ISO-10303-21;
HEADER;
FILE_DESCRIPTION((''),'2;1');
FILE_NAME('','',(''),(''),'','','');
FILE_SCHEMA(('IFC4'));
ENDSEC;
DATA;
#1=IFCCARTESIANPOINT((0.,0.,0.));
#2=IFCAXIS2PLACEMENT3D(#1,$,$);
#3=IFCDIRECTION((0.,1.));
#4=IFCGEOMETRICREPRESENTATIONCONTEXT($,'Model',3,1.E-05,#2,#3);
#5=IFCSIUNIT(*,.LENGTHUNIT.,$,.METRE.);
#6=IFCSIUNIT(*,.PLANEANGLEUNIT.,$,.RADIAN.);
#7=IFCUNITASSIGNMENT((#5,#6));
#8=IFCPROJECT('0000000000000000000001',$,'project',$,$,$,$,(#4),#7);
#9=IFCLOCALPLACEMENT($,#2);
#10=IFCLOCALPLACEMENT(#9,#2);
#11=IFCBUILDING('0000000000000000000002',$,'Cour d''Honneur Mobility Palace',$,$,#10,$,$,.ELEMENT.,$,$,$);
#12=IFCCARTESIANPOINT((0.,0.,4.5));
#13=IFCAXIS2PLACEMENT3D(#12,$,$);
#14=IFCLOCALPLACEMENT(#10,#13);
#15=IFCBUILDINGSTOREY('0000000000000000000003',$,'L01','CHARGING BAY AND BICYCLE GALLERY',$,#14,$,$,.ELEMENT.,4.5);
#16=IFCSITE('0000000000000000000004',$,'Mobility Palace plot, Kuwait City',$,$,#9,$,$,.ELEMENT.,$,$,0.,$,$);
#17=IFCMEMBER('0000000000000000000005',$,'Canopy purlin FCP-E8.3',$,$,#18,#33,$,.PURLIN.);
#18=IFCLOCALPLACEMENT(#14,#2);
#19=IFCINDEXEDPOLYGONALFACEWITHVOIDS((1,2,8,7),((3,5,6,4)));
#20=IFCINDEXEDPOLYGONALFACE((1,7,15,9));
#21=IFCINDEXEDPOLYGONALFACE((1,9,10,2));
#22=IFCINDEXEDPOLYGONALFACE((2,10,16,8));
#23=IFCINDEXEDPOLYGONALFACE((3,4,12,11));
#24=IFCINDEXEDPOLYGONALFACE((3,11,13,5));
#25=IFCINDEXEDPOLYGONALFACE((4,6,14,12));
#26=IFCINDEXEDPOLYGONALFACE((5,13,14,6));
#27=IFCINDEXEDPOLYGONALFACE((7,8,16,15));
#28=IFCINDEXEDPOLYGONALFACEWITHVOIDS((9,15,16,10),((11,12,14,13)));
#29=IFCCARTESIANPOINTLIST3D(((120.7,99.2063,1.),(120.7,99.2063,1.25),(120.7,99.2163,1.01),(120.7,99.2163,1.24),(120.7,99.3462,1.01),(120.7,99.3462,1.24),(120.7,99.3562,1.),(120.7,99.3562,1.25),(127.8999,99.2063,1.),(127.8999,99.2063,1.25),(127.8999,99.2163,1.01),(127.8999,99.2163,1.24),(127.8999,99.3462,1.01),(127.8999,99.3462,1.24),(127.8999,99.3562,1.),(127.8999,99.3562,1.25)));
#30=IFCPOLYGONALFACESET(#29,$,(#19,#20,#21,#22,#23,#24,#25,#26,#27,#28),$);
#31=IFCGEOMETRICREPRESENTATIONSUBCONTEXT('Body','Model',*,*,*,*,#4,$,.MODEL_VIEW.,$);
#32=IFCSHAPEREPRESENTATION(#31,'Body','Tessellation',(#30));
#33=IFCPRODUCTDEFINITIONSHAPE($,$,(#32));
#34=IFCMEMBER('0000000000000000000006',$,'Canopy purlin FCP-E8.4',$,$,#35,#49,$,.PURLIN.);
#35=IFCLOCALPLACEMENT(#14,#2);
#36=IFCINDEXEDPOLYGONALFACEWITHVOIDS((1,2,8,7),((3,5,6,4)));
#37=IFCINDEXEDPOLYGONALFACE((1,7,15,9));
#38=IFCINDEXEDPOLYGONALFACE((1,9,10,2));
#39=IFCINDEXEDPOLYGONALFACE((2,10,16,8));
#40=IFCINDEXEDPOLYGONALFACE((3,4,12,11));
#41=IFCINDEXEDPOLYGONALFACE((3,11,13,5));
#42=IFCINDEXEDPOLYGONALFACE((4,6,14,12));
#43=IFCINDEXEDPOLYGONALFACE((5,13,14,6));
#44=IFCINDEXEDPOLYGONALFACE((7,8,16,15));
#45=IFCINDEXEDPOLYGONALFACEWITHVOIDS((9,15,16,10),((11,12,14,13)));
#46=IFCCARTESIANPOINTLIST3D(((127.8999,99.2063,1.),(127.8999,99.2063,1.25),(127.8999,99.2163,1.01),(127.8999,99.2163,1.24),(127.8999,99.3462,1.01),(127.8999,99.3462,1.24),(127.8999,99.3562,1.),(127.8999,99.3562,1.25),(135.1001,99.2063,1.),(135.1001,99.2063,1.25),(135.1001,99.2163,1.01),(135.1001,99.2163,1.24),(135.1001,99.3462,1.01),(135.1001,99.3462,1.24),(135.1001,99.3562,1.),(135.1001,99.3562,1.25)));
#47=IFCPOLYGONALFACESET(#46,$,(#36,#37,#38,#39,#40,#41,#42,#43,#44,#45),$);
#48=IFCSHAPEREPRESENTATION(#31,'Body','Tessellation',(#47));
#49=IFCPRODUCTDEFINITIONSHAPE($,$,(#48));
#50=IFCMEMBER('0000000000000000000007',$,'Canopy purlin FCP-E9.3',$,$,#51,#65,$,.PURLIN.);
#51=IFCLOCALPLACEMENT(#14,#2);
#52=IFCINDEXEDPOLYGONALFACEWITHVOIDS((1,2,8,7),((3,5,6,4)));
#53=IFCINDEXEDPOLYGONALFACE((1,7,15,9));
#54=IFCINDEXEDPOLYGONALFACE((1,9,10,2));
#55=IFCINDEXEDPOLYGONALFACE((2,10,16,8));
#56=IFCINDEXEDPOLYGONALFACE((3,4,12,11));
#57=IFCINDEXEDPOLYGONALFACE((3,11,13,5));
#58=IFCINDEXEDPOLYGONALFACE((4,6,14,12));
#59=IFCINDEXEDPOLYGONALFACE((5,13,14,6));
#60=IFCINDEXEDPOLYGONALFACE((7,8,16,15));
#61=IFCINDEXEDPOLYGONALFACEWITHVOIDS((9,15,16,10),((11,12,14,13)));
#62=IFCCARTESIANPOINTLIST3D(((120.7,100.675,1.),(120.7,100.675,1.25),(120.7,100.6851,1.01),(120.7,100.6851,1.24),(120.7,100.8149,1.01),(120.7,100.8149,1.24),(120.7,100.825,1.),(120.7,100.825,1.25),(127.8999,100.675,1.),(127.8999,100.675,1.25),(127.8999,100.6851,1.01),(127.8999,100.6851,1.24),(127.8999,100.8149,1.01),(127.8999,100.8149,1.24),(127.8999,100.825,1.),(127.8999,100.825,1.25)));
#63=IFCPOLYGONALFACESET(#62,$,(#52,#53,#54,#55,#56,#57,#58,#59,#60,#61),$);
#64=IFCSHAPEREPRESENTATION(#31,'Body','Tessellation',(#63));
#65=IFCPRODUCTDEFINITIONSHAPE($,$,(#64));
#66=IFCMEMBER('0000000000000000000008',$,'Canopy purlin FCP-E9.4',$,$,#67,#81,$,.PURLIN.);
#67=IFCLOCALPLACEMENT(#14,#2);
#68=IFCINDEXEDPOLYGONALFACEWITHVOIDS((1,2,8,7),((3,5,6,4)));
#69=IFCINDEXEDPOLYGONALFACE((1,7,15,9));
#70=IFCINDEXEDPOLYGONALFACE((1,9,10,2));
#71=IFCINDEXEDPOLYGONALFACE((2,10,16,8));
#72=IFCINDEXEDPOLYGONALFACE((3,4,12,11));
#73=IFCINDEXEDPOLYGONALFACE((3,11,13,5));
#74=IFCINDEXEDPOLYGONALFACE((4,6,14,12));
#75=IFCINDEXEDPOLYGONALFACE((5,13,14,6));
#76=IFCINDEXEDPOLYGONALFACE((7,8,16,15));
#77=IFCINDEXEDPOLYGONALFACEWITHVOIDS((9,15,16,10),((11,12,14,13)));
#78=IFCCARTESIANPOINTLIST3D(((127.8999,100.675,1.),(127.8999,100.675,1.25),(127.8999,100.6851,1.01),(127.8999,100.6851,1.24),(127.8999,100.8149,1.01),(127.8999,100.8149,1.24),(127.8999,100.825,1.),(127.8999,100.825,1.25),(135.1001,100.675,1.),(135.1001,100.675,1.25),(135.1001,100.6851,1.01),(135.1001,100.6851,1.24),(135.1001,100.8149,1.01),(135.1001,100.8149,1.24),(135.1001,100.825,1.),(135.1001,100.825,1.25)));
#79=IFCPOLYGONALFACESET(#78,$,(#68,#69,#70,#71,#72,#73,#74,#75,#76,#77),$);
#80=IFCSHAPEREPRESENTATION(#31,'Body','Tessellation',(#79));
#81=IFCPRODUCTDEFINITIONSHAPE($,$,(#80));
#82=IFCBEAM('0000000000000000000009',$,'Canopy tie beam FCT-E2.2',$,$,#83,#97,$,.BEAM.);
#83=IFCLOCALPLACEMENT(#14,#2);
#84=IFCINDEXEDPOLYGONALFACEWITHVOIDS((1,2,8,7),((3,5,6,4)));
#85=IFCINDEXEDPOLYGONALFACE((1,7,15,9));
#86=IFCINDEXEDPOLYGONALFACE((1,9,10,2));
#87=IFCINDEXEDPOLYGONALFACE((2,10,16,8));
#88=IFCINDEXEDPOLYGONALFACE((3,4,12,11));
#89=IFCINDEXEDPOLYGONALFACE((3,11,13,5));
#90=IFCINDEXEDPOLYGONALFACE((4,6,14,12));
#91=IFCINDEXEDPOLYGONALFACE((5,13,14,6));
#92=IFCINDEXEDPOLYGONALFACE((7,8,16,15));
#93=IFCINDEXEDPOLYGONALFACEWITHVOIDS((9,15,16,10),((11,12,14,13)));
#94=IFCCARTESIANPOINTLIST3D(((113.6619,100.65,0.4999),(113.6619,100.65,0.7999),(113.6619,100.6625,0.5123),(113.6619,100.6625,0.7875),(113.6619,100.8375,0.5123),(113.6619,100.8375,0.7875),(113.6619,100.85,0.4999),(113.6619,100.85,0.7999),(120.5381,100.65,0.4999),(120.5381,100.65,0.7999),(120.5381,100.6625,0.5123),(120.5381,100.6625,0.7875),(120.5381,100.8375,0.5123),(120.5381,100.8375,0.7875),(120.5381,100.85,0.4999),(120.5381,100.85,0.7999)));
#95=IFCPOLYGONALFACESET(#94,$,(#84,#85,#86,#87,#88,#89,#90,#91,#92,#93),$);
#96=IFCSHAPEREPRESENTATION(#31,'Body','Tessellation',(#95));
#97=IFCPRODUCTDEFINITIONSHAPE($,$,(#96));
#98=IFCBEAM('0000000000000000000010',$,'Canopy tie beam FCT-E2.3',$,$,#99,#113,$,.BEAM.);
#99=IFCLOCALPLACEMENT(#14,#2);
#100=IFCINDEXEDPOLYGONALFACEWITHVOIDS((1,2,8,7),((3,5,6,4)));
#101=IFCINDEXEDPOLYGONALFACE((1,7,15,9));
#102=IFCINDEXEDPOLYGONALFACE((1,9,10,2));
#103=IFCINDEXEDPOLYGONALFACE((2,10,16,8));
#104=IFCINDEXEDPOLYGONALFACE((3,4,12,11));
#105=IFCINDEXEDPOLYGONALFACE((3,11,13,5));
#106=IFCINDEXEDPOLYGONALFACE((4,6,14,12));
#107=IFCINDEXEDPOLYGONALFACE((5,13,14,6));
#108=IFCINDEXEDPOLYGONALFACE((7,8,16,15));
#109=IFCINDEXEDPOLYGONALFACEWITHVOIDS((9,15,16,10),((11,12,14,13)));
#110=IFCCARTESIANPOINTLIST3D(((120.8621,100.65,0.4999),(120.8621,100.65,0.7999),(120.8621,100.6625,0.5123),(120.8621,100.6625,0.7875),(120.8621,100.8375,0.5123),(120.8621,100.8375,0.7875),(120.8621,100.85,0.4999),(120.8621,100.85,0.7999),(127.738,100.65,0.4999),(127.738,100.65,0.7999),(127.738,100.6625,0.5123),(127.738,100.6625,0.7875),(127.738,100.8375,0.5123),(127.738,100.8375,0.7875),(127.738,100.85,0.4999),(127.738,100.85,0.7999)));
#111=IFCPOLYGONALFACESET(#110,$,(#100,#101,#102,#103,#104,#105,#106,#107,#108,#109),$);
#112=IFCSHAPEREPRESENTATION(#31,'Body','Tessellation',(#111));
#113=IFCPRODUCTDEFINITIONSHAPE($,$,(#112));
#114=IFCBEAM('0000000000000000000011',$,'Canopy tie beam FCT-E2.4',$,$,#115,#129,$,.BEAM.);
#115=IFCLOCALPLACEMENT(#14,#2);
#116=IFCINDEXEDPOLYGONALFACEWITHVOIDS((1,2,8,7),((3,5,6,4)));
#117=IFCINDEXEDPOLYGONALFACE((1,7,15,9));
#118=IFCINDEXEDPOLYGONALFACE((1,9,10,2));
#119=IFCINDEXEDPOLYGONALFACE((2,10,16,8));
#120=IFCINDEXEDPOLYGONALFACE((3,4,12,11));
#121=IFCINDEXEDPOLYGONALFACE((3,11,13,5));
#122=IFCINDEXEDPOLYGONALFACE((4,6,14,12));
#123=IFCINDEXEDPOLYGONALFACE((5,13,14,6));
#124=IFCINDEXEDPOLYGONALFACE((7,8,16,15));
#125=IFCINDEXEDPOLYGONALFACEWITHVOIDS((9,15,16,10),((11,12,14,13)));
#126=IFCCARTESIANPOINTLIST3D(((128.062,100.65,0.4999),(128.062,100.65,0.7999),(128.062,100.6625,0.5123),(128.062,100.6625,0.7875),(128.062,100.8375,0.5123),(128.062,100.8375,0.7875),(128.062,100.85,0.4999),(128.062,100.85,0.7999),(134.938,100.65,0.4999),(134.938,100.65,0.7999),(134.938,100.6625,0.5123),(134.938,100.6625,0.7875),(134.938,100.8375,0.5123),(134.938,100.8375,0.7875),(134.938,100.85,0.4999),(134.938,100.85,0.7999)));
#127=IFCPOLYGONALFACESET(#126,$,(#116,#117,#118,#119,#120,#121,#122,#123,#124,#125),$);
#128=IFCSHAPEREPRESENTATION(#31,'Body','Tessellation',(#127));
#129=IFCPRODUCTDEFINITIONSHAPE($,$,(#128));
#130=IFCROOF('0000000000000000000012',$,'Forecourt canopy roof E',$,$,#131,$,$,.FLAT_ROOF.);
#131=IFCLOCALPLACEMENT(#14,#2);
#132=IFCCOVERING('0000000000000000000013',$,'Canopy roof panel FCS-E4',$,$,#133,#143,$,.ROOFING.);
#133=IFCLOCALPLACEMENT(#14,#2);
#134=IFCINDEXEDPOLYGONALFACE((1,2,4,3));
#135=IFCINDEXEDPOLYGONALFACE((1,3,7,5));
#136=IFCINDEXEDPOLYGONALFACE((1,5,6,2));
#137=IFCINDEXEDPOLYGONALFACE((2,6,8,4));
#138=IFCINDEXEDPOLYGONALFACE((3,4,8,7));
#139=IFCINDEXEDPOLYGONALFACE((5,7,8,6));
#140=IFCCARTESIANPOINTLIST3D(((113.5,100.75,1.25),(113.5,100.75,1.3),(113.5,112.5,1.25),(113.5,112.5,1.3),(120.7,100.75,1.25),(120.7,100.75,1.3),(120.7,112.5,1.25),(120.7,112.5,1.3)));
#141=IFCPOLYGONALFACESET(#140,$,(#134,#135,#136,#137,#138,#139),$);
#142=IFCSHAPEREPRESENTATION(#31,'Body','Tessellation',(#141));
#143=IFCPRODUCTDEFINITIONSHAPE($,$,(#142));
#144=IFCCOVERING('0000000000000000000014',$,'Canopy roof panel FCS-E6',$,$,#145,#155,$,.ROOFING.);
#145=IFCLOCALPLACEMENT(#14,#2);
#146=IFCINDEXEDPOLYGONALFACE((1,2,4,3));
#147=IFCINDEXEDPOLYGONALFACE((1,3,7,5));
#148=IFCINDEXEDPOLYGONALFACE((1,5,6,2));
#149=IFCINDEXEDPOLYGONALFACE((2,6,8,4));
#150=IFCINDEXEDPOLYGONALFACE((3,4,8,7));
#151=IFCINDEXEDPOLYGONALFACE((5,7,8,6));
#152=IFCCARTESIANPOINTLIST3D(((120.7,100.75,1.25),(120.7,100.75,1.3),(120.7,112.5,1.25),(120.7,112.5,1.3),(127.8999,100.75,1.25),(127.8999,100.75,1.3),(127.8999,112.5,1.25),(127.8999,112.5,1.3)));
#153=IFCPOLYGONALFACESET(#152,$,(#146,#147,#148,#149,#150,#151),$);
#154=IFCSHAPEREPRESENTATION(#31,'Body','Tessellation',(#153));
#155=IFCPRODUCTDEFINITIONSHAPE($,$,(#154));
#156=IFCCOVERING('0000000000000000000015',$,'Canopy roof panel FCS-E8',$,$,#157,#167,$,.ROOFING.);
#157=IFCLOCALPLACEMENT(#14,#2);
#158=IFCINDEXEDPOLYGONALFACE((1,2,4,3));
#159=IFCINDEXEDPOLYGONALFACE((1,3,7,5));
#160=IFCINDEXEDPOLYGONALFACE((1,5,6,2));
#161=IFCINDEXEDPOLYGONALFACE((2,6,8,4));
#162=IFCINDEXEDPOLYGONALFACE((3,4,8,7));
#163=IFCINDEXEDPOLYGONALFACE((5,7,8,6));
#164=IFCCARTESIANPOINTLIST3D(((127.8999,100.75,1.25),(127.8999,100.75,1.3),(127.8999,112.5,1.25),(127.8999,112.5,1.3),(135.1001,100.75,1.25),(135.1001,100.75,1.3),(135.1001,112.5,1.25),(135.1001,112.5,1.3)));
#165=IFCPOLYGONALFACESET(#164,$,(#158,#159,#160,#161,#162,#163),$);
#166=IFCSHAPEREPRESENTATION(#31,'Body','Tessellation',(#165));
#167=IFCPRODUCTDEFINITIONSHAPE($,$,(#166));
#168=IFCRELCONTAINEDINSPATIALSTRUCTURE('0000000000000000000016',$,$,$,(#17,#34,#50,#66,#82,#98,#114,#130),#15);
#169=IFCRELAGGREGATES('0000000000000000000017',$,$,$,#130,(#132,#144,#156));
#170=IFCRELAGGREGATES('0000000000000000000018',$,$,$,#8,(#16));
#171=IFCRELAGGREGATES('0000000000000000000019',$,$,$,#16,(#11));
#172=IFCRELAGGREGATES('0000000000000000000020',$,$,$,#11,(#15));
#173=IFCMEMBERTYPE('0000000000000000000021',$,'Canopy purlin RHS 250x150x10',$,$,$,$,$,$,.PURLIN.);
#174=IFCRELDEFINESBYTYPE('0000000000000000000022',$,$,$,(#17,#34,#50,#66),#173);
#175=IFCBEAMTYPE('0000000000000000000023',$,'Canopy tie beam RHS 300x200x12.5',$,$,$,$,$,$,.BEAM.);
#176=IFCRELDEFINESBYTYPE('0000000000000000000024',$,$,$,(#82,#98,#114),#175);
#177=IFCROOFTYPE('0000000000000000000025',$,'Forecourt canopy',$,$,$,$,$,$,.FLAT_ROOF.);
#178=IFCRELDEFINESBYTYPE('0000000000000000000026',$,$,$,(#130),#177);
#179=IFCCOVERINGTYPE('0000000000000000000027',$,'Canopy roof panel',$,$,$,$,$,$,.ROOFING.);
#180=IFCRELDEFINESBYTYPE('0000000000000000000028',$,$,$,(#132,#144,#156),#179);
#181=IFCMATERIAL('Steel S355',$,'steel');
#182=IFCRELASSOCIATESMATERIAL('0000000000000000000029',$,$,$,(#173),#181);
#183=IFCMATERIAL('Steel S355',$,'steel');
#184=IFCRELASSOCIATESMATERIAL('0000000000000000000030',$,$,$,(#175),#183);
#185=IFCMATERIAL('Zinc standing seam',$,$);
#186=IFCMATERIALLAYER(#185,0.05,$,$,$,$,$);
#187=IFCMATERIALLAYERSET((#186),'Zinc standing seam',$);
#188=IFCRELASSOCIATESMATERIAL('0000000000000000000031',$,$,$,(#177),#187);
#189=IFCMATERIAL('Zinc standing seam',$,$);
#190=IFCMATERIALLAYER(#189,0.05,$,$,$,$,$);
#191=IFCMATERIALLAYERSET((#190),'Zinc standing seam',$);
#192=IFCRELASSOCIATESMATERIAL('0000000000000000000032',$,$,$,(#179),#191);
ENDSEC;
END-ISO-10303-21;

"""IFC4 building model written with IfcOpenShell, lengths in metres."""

from ifc_helpers import new_model, si_unit, direction, frame, origin, origin_2d, place, context, subcontext, project, spatial, polyline, hollow_rectangle, outline, extrude, material, layer, layer_set, material_profile, profile_set, type_object, element, aggregate, save


model = new_model("IFC4")

# Units and contexts
model_context = context("Model", 3, precision=1e-05, world=origin(), true_north=direction((0.0, 1.0)))
body_context = subcontext(model_context, "Body", "Model", "MODEL_VIEW")
ifc_project = project(units=[si_unit("LENGTHUNIT", "METRE"), si_unit("PLANEANGLEUNIT", "RADIAN")], contexts=[model_context])

# Site, building, storey
site_placement = place(None, origin())
site = spatial("IfcSite", under=ifc_project, at=site_placement, Name="Mobility Palace plot, Kuwait City", CompositionType="ELEMENT", RefElevation=0.0)
building_placement = place(site_placement, origin())
building = spatial("IfcBuilding", under=site, at=building_placement, Name="Cour d'Honneur Mobility Palace", CompositionType="ELEMENT")
storey_placement = place(building_placement, frame((0.0, 0.0, 4.5)))
storey = spatial("IfcBuildingStorey", under=building, at=storey_placement, Name="L01", Description="CHARGING BAY AND BICYCLE GALLERY", CompositionType="ELEMENT", Elevation=4.5)

# Members
ifc_material_1 = material(Name="Steel S355", Category="steel")
ifc_material_profile_1 = material_profile(ifc_material_1, hollow_rectangle(XDim=0.1499, YDim=0.25, WallThickness=0.01, at=origin_2d()), Name="RHS 250x150x10")
ifc_profile_set_1 = profile_set([ifc_material_profile_1], Name="Steel S355")
member_type = type_object("IfcMemberType", Name="Canopy purlin RHS 250x150x10", PredefinedType="PURLIN", material=ifc_profile_set_1)
member_1_placement = place(storey_placement, frame((120.7, 99.2812, 1.125), z_axis=(1.0, 0.0, 0.0), x_axis=(0.0, 1.0, 0.0)))
element("IfcMember", 1, at=member_1_placement, inside=storey, type_object=member_type, Name="Canopy purlin FCP-E8.3", PredefinedType="PURLIN", context=body_context, shape_type="SweptSolid", body=[
    extrude(hollow_rectangle(XDim=0.1499, YDim=0.25, WallThickness=0.01, at=origin_2d()), origin(), (0.0, 0.0, 1.0), 7.2),
])
member_2_placement = place(storey_placement, frame((127.8999, 99.2812, 1.125), z_axis=(1.0, 0.0, 0.0), x_axis=(0.0, 1.0, 0.0)))
element("IfcMember", 2, at=member_2_placement, inside=storey, type_object=member_type, Name="Canopy purlin FCP-E8.4", PredefinedType="PURLIN", context=body_context, shape_type="SweptSolid", body=[
    extrude(hollow_rectangle(XDim=0.1499, YDim=0.25, WallThickness=0.01, at=origin_2d()), origin(), (0.0, 0.0, 1.0), 7.2002),
])
member_3_placement = place(storey_placement, frame((120.7, 100.75, 1.125), z_axis=(1.0, 0.0, 0.0), x_axis=(0.0, 1.0, 0.0)))
element("IfcMember", 3, at=member_3_placement, inside=storey, type_object=member_type, Name="Canopy purlin FCP-E9.3", PredefinedType="PURLIN", context=body_context, shape_type="SweptSolid", body=[
    extrude(hollow_rectangle(XDim=0.1499, YDim=0.25, WallThickness=0.01, at=origin_2d()), origin(), (0.0, 0.0, 1.0), 7.2),
])
member_4_placement = place(storey_placement, frame((127.8999, 100.75, 1.125), z_axis=(1.0, 0.0, 0.0), x_axis=(0.0, 1.0, 0.0)))
element("IfcMember", 4, at=member_4_placement, inside=storey, type_object=member_type, Name="Canopy purlin FCP-E9.4", PredefinedType="PURLIN", context=body_context, shape_type="SweptSolid", body=[
    extrude(hollow_rectangle(XDim=0.1499, YDim=0.25, WallThickness=0.01, at=origin_2d()), origin(), (0.0, 0.0, 1.0), 7.2002),
])

# Beams
ifc_material_2 = material(Name="Steel S355", Category="steel")
ifc_material_profile_2 = material_profile(ifc_material_2, hollow_rectangle(XDim=0.2, YDim=0.3, WallThickness=0.0125, at=origin_2d()), Name="RHS 300x200x12.5")
ifc_profile_set_2 = profile_set([ifc_material_profile_2], Name="Steel S355")
beam_type_1 = type_object("IfcBeamType", Name="Canopy tie beam RHS 300x200x12.5", PredefinedType="BEAM", material=ifc_profile_set_2)
beam_placement = place(storey_placement, frame((113.6619, 100.75, 0.6499), z_axis=(1.0, 0.0, 0.0), x_axis=(0.0, 1.0, 0.0)))
element("IfcBeam", 5, at=beam_placement, inside=storey, type_object=beam_type_1, Name="Canopy tie beam FCT-E2.2", PredefinedType="BEAM", context=body_context, shape_type="SweptSolid", body=[
    extrude(hollow_rectangle(XDim=0.2, YDim=0.3, WallThickness=0.0125, at=origin_2d()), origin(), (0.0, 0.0, 1.0), 6.8762),
])
for number, where, z_axis, x_axis, name in (
    (6, (120.8621, 100.75, 0.6499), (1.0, 0.0, 0.0), (0.0, 1.0, 0.0), "Canopy tie beam FCT-E2.3"),
    (7, (128.062, 100.75, 0.6499), (1.0, 0.0, 0.0), (0.0, 1.0, 0.0), "Canopy tie beam FCT-E2.4"),
):
    element("IfcBeam", number, at=place(storey_placement, frame(where, z_axis=z_axis, x_axis=x_axis)), inside=storey, type_object=beam_type_1, Name=name, PredefinedType="BEAM", context=body_context, shape_type="SweptSolid", body=[
        extrude(hollow_rectangle(XDim=0.2, YDim=0.3, WallThickness=0.0125, at=origin_2d()), origin(), (0.0, 0.0, 1.0), 6.876),
    ])

# Roof, coverings
ifc_material_3 = material(Name="Zinc standing seam")
ifc_layer_1 = layer(ifc_material_3, 0.05)
ifc_layer_set_1 = layer_set([ifc_layer_1], Name="Zinc standing seam")
roof_type = type_object("IfcRoofType", Name="Forecourt canopy", PredefinedType="FLAT_ROOF", material=ifc_layer_set_1)
roof_placement = place(storey_placement, origin())
roof = element("IfcRoof", 8, at=roof_placement, inside=storey, type_object=roof_type, Name="Forecourt canopy roof E", PredefinedType="FLAT_ROOF")
ifc_material_4 = material(Name="Zinc standing seam")
ifc_layer_2 = layer(ifc_material_4, 0.05)
ifc_layer_set_2 = layer_set([ifc_layer_2], Name="Zinc standing seam")
covering_type = type_object("IfcCoveringType", Name="Canopy roof panel", PredefinedType="ROOFING", material=ifc_layer_set_2)
covering_1_placement = place(storey_placement, frame((113.5, 100.75, 1.3), z_axis=(0.0, 0.0, 1.0), x_axis=(1.0, 0.0, 0.0)))
covering_1 = element("IfcCovering", 9, at=covering_1_placement, type_object=covering_type, Name="Canopy roof panel FCS-E4", PredefinedType="ROOFING", context=body_context, shape_type="SweptSolid", body=[
    extrude(outline(polyline([(0.0, 0.0), (7.2, 0.0), (7.2, 11.75), (0.0, 11.75), (0.0, 0.0)])), origin(), (0.0, 0.0, -1.0), 0.05),
])
covering_2_placement = place(storey_placement, frame((120.7, 100.75, 1.3), z_axis=(0.0, 0.0, 1.0), x_axis=(1.0, 0.0, 0.0)))
covering_2 = element("IfcCovering", 10, at=covering_2_placement, type_object=covering_type, Name="Canopy roof panel FCS-E6", PredefinedType="ROOFING", context=body_context, shape_type="SweptSolid", body=[
    extrude(outline(polyline([(0.0, 0.0), (7.2, 0.0), (7.2, 11.75), (0.0, 11.75), (0.0, 0.0)])), origin(), (0.0, 0.0, -1.0), 0.05),
])
covering_3_placement = place(storey_placement, frame((127.8999, 100.75, 1.3), z_axis=(0.0, 0.0, 1.0), x_axis=(1.0, 0.0, 0.0)))
covering_3 = element("IfcCovering", 11, at=covering_3_placement, type_object=covering_type, Name="Canopy roof panel FCS-E8", PredefinedType="ROOFING", context=body_context, shape_type="SweptSolid", body=[
    extrude(outline(polyline([(0.0, 0.0), (7.2002, 0.0), (7.2002, 11.75), (0.0, 11.75), (0.0, 0.0)])), origin(), (0.0, 0.0, -1.0), 0.05),
])
aggregate(roof, [covering_1, covering_2, covering_3])

save(model, "model.ifc")
